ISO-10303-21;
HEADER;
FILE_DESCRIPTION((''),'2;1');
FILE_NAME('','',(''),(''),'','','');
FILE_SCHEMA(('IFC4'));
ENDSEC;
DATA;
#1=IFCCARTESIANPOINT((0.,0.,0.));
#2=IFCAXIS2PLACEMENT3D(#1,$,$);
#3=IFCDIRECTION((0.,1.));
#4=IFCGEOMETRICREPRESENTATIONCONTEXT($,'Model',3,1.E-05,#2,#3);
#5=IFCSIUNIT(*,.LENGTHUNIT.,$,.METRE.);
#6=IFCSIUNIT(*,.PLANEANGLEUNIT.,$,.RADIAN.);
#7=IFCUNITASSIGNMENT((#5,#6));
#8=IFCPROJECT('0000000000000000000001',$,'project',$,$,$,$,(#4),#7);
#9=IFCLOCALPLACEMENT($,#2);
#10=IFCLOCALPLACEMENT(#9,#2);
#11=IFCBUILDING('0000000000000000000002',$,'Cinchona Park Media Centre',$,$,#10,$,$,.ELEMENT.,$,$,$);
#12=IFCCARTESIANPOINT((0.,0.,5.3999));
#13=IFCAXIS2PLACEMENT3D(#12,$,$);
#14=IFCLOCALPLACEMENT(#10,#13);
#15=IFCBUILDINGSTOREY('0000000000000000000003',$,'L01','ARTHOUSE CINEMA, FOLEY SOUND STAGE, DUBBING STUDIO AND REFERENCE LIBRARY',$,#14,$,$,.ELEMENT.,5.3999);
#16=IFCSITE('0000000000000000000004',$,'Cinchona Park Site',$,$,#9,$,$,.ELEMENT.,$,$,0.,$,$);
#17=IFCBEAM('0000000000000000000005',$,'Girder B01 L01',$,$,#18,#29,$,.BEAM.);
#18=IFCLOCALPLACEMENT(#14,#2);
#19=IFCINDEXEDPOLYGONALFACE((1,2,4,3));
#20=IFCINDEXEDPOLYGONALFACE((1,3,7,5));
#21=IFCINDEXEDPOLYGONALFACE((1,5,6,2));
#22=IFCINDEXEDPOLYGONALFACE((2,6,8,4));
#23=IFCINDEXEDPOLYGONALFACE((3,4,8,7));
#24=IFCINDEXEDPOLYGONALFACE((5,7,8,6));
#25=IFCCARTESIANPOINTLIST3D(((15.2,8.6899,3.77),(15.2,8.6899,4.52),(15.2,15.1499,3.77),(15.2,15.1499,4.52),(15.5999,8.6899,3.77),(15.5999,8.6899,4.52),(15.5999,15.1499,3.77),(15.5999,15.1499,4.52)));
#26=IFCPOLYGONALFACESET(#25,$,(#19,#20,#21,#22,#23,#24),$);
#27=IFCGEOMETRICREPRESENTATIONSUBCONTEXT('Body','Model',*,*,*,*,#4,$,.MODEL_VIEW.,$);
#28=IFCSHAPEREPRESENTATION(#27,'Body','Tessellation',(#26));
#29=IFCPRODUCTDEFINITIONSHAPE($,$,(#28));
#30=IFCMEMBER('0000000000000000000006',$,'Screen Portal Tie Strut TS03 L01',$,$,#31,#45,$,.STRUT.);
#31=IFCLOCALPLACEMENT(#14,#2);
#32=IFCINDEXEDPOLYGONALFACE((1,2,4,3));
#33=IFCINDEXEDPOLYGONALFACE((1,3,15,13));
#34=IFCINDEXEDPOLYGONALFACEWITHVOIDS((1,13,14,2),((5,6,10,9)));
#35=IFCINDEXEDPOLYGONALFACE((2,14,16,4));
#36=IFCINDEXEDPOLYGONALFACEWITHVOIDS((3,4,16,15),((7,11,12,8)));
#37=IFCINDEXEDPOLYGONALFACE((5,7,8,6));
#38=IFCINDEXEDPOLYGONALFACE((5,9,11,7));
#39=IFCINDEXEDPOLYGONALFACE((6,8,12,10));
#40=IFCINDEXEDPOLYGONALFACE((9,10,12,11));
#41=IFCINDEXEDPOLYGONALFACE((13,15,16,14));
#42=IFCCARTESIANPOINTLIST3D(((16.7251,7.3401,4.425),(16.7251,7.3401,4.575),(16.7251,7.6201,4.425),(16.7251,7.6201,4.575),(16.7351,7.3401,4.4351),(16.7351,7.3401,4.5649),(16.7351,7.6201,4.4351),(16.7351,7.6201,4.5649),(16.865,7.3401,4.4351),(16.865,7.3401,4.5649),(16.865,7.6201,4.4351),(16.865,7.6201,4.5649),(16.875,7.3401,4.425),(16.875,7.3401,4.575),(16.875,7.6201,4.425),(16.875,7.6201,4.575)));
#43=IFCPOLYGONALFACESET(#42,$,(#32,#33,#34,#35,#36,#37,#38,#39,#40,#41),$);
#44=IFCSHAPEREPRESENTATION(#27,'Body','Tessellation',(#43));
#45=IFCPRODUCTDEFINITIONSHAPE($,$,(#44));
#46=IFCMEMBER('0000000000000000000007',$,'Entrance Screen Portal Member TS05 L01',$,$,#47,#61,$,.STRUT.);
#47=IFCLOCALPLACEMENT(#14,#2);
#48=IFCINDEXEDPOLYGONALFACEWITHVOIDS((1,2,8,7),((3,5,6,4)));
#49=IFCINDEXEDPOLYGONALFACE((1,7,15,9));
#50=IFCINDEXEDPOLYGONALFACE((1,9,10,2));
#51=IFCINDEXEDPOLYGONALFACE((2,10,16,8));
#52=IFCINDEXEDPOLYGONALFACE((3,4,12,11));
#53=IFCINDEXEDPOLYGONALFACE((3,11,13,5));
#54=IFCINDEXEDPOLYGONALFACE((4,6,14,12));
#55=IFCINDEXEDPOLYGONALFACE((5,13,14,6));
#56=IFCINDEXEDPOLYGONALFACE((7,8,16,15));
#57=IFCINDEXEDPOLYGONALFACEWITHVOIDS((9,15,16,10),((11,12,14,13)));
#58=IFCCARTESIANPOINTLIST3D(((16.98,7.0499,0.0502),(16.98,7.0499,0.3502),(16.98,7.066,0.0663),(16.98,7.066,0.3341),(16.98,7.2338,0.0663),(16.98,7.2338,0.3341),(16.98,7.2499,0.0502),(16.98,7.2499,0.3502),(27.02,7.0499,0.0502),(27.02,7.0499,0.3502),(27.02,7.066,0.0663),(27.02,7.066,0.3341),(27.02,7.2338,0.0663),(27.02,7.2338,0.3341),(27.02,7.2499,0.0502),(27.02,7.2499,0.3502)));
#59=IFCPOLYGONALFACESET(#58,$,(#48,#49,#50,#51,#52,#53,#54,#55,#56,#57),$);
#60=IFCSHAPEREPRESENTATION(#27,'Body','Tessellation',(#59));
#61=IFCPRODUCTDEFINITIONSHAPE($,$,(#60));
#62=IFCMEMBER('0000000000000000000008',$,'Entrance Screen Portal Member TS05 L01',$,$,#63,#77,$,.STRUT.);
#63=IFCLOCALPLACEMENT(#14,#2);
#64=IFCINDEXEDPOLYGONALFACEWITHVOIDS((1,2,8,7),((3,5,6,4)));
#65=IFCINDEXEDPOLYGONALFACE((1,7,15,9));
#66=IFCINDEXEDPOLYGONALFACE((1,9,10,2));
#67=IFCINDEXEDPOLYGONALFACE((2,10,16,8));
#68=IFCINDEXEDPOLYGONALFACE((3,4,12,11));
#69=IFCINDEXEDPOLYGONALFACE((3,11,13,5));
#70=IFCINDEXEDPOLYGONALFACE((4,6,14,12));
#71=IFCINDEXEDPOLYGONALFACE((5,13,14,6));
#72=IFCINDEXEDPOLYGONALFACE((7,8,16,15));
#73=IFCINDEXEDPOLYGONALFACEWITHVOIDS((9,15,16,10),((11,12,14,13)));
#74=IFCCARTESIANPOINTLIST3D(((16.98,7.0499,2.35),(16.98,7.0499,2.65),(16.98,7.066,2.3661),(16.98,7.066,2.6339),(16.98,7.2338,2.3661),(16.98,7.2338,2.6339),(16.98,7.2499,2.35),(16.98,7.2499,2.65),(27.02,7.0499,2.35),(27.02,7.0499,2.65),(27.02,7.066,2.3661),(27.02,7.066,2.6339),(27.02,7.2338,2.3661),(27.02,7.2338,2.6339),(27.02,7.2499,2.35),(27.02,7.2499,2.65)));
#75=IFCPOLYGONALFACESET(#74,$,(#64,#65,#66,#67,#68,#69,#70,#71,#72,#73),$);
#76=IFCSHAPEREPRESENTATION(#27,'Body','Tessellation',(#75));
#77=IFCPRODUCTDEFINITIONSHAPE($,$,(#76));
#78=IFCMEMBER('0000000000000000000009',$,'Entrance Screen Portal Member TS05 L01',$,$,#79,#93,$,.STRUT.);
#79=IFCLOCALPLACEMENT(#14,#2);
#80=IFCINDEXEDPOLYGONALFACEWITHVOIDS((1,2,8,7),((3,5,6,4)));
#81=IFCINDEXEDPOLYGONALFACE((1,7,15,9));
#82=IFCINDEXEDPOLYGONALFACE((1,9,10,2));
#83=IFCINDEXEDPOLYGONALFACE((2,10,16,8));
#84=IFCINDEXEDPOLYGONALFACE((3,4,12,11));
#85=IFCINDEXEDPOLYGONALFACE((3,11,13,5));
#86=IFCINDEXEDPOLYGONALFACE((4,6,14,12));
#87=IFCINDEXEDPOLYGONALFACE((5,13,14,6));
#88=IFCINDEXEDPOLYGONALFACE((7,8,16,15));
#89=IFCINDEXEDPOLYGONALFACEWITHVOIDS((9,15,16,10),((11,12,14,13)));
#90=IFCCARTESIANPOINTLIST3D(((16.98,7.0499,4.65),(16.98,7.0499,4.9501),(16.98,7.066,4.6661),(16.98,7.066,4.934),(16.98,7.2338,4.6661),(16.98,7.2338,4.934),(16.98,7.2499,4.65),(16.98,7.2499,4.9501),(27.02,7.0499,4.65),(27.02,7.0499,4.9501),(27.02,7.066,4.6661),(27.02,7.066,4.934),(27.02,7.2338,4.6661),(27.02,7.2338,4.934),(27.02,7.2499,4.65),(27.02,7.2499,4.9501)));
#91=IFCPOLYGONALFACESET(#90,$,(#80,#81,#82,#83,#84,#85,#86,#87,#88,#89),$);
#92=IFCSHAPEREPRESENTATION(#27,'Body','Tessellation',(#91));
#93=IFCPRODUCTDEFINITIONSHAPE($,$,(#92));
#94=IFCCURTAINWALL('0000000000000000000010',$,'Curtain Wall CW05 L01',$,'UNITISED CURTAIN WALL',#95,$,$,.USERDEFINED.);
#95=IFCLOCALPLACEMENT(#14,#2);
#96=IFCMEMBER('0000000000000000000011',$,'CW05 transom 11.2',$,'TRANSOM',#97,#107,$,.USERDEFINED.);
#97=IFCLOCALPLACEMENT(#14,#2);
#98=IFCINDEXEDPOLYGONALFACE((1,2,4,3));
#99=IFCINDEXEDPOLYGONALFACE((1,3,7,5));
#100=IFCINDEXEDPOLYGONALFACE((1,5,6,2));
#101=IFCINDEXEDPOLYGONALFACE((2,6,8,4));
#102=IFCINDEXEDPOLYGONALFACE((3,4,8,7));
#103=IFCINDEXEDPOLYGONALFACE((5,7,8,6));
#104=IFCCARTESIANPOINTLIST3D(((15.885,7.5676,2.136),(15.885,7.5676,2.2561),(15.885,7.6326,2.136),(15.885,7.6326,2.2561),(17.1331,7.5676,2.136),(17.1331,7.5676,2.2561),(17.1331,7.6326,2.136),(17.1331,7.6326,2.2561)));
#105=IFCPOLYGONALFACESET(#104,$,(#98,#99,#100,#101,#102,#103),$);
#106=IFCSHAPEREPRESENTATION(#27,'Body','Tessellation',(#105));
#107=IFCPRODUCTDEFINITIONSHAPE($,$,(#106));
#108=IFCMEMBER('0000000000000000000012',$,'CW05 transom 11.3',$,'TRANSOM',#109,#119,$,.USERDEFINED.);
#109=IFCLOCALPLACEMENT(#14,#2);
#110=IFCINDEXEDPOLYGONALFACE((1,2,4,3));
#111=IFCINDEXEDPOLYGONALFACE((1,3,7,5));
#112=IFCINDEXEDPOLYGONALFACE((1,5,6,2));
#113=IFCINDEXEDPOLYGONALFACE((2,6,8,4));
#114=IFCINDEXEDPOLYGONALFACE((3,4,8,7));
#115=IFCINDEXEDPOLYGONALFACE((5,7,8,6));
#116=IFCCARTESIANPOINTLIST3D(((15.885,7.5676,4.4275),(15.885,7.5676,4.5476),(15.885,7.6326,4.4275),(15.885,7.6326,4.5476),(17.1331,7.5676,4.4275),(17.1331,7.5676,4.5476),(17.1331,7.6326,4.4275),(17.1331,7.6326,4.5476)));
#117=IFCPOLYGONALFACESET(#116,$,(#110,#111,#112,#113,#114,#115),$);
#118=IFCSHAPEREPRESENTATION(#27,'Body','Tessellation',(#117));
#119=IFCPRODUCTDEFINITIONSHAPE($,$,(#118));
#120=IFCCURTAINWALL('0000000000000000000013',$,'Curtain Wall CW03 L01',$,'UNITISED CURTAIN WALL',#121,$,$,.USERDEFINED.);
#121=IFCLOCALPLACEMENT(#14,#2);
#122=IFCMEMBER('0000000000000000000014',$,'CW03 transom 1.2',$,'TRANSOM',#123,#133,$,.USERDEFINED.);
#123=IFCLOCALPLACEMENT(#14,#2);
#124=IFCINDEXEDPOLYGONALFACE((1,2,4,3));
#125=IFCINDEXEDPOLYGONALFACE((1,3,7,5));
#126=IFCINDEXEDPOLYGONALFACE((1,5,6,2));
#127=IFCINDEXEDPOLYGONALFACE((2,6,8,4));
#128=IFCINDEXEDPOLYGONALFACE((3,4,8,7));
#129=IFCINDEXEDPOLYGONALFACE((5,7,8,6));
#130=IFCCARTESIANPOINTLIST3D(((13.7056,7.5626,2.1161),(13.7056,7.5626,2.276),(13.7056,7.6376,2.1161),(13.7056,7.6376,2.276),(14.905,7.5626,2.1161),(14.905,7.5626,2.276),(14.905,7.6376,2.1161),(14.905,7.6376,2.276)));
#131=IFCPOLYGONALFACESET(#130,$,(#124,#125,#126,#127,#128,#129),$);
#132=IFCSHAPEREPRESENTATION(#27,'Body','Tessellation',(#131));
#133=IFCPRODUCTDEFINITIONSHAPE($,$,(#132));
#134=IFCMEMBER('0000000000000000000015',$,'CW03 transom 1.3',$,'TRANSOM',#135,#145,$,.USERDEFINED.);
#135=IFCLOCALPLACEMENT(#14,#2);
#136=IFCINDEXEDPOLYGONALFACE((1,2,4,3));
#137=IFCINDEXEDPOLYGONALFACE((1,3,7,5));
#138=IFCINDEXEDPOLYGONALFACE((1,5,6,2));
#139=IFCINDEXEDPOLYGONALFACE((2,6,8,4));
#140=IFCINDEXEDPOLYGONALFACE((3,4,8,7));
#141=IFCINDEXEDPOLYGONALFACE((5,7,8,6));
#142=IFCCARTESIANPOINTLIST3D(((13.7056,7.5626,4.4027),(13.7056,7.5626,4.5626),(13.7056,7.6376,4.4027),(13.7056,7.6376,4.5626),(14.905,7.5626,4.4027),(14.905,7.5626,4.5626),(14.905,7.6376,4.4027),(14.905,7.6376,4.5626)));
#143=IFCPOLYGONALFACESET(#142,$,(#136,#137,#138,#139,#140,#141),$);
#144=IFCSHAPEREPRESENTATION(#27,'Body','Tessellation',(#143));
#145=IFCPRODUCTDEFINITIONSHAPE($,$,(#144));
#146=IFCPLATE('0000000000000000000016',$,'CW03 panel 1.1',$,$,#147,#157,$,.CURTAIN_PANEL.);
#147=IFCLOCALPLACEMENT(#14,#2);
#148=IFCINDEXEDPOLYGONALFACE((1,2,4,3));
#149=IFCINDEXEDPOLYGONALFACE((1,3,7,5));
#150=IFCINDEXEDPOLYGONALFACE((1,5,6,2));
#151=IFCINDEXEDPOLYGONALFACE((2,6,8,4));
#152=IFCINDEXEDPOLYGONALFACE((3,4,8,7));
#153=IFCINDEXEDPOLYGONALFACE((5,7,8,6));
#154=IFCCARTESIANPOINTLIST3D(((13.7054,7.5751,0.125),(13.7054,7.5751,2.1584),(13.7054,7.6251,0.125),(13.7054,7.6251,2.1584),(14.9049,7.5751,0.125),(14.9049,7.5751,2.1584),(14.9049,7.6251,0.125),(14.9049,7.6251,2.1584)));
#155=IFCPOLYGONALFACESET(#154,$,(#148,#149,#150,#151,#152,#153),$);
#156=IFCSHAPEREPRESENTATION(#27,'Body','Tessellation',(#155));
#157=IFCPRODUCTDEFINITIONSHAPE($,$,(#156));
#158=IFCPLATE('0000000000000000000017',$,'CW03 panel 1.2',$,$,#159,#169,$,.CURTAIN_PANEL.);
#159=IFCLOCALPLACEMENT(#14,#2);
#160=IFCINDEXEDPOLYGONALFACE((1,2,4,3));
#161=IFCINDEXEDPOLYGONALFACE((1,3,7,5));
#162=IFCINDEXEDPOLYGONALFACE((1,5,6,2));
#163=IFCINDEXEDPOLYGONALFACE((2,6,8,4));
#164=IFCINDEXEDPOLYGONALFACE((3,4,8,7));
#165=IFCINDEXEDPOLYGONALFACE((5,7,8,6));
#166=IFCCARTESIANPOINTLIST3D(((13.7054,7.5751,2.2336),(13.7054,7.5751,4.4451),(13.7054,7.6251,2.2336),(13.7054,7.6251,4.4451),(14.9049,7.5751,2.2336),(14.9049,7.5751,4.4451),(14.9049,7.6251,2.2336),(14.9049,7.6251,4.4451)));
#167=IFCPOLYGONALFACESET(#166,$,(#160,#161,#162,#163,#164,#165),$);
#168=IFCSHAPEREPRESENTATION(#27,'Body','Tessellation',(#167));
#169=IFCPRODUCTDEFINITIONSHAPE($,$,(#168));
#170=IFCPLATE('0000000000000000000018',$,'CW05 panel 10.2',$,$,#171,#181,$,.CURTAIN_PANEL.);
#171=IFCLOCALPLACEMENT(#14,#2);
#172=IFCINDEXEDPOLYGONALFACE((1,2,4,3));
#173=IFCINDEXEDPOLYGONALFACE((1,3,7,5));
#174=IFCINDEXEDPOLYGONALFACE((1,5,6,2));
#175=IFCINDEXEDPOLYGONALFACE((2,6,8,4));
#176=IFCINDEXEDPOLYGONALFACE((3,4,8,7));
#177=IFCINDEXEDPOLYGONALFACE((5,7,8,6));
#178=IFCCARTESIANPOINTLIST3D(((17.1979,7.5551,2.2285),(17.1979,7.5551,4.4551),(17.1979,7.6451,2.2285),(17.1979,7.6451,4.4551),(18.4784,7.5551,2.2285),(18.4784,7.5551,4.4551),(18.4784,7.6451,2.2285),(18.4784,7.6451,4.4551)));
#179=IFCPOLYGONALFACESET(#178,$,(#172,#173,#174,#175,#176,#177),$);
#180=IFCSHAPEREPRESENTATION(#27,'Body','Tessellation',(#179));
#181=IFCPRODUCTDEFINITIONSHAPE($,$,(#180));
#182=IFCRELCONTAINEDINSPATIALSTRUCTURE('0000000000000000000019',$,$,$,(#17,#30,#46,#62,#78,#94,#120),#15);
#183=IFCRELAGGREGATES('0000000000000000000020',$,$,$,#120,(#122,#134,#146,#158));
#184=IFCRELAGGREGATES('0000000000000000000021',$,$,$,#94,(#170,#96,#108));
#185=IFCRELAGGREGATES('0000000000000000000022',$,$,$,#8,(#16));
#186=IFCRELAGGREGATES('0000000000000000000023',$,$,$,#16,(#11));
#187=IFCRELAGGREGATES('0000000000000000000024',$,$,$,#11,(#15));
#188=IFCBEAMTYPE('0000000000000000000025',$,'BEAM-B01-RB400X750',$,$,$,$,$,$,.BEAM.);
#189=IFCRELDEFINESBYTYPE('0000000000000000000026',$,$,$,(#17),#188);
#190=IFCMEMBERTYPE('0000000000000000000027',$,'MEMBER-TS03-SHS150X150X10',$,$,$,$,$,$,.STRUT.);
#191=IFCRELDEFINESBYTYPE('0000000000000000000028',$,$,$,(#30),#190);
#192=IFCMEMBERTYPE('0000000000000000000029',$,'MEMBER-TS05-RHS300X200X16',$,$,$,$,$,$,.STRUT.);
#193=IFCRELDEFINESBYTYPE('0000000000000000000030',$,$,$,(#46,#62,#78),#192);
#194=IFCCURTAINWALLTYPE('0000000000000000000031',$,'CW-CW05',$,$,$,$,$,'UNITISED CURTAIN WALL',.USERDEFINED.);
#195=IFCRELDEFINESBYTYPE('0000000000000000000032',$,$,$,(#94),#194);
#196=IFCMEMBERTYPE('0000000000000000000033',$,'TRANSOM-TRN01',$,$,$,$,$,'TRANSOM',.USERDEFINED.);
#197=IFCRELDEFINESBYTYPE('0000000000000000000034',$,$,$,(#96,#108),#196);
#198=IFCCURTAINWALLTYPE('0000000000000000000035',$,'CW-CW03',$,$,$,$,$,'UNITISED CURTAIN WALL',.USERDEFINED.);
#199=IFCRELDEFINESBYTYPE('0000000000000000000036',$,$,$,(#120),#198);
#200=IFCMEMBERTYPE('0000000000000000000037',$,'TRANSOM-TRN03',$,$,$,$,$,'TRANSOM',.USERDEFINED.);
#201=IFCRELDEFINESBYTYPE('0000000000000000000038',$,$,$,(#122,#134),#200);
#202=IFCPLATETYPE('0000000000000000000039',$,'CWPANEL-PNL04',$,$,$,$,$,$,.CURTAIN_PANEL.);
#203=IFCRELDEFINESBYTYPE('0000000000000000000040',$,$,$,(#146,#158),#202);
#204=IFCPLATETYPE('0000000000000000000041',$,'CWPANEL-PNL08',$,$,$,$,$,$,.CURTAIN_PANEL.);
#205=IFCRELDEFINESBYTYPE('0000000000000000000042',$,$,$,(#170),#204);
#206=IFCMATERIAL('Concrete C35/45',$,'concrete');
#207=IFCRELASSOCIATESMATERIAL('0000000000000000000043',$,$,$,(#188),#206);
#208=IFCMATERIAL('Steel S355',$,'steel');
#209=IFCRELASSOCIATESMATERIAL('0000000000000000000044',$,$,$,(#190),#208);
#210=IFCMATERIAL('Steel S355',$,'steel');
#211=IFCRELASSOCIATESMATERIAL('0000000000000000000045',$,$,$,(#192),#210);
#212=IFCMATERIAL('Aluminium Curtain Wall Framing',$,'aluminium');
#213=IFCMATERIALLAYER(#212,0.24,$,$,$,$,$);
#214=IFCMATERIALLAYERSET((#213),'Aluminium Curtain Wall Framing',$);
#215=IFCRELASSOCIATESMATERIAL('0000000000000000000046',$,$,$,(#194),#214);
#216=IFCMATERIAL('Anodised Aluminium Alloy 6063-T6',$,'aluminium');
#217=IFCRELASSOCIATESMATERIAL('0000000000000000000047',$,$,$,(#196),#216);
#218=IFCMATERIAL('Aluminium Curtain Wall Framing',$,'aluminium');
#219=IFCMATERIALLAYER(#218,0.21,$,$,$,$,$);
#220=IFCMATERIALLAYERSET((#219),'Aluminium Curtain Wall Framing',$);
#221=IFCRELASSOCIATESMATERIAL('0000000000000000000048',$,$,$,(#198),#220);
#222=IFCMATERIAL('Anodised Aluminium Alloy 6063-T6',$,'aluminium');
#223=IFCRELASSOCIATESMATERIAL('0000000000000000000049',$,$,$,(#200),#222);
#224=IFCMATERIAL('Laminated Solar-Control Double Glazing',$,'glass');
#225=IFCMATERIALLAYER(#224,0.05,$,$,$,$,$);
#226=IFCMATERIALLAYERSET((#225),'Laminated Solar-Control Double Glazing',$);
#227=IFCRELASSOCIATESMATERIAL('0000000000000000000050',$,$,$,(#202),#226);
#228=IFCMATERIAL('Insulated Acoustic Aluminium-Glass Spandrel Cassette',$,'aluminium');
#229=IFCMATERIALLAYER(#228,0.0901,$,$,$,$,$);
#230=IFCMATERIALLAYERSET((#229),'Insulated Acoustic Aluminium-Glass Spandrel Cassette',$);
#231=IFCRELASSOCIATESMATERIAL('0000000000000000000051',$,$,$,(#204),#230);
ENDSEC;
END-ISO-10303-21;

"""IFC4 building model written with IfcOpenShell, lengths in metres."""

from ifc_helpers import new_model, si_unit, direction, frame, origin, origin_2d, place, context, subcontext, project, spatial, rectangle, hollow_rectangle, extrude, material, layer, layer_set, material_profile, profile_set, type_object, element, aggregate, save


model = new_model("IFC4")

# Units and contexts
model_context = context("Model", 3, precision=1e-05, world=origin(), true_north=direction((0.0, 1.0)))
body_context = subcontext(model_context, "Body", "Model", "MODEL_VIEW")
ifc_project = project(units=[si_unit("LENGTHUNIT", "METRE"), si_unit("PLANEANGLEUNIT", "RADIAN")], contexts=[model_context])

# Site, building, storey
site_placement = place(None, origin())
site = spatial("IfcSite", under=ifc_project, at=site_placement, Name="Cinchona Park Site", CompositionType="ELEMENT", RefElevation=0.0)
building_placement = place(site_placement, origin())
building = spatial("IfcBuilding", under=site, at=building_placement, Name="Cinchona Park Media Centre", CompositionType="ELEMENT")
storey_placement = place(building_placement, frame((0.0, 0.0, 5.3999)))
storey = spatial("IfcBuildingStorey", under=building, at=storey_placement, Name="L01", Description="ARTHOUSE CINEMA, FOLEY SOUND STAGE, DUBBING STUDIO AND REFERENCE LIBRARY", CompositionType="ELEMENT", Elevation=5.3999)

# Beam
ifc_material_1 = material(Name="Concrete C35/45", Category="concrete")
ifc_material_profile_1 = material_profile(ifc_material_1, rectangle(XDim=0.3999, YDim=0.75, at=origin_2d()), Name="RB 400X750")
ifc_profile_set_1 = profile_set([ifc_material_profile_1], Name="Concrete C35/45")
beam_type = type_object("IfcBeamType", Name="BEAM-B01-RB400X750", PredefinedType="BEAM", material=ifc_profile_set_1)
beam_placement = place(storey_placement, frame((15.3999, 8.6899, 4.145), z_axis=(0.0, 1.0, 0.0), x_axis=(-1.0, 0.0, 0.0)))
element("IfcBeam", 1, at=beam_placement, inside=storey, type_object=beam_type, Name="Girder B01 L01", PredefinedType="BEAM", context=body_context, shape_type="SweptSolid", body=[
    extrude(rectangle(XDim=0.3999, YDim=0.75, at=origin_2d()), origin(), (0.0, 0.0, 1.0), 6.46),
])

# Members
ifc_material_2 = material(Name="Steel S355", Category="steel")
ifc_material_profile_2 = material_profile(ifc_material_2, hollow_rectangle(XDim=0.1499, YDim=0.1499, WallThickness=0.01, at=origin_2d()), Name="150X150X10SHS")
ifc_profile_set_2 = profile_set([ifc_material_profile_2], Name="Steel S355")
member_type_1 = type_object("IfcMemberType", Name="MEMBER-TS03-SHS150X150X10", PredefinedType="STRUT", material=ifc_profile_set_2)
member_1_placement = place(storey_placement, frame((16.8, 7.3401, 4.5), z_axis=(0.0, 1.0, 0.0), x_axis=(-1.0, 0.0, 0.0)))
element("IfcMember", 2, at=member_1_placement, inside=storey, type_object=member_type_1, Name="Screen Portal Tie Strut TS03 L01", PredefinedType="STRUT", context=body_context, shape_type="SweptSolid", body=[
    extrude(hollow_rectangle(XDim=0.1499, YDim=0.1499, WallThickness=0.01, at=origin_2d()), origin(), (0.0, 0.0, 1.0), 0.28),
])
ifc_material_3 = material(Name="Steel S355", Category="steel")
ifc_material_profile_3 = material_profile(ifc_material_3, hollow_rectangle(XDim=0.2, YDim=0.3, WallThickness=0.0161, at=origin_2d()), Name="300X200X16RHS")
ifc_profile_set_3 = profile_set([ifc_material_profile_3], Name="Steel S355")
member_type_2 = type_object("IfcMemberType", Name="MEMBER-TS05-RHS300X200X16", PredefinedType="STRUT", material=ifc_profile_set_3)
for number, where, z_axis, x_axis, name in (
    (3, (16.98, 7.1499, 0.2002), (1.0, 0.0, 0.0), (0.0, 1.0, 0.0), "Entrance Screen Portal Member TS05 L01"),
    (4, (16.98, 7.1499, 2.5), (1.0, 0.0, 0.0), (0.0, 1.0, 0.0), "Entrance Screen Portal Member TS05 L01"),
    (5, (16.98, 7.1499, 4.8), (1.0, 0.0, 0.0), (0.0, 1.0, 0.0), "Entrance Screen Portal Member TS05 L01"),
):
    element("IfcMember", number, at=place(storey_placement, frame(where, z_axis=z_axis, x_axis=x_axis)), inside=storey, type_object=member_type_2, Name=name, PredefinedType="STRUT", context=body_context, shape_type="SweptSolid", body=[
        extrude(hollow_rectangle(XDim=0.2, YDim=0.3, WallThickness=0.0161, at=origin_2d()), origin(), (0.0, 0.0, 1.0), 10.04),
    ])

# Curtain wall, members
ifc_material_4 = material(Name="Aluminium Curtain Wall Framing", Category="aluminium")
ifc_layer_1 = layer(ifc_material_4, 0.24)
ifc_layer_set_1 = layer_set([ifc_layer_1], Name="Aluminium Curtain Wall Framing")
curtain_wall_type_1 = type_object("IfcCurtainWallType", Name="CW-CW05", ElementType="UNITISED CURTAIN WALL", PredefinedType="USERDEFINED", material=ifc_layer_set_1)
curtain_wall_1_placement = place(storey_placement, origin())
curtain_wall_1 = element("IfcCurtainWall", 6, at=curtain_wall_1_placement, inside=storey, type_object=curtain_wall_type_1, Name="Curtain Wall CW05 L01", ObjectType="UNITISED CURTAIN WALL", PredefinedType="USERDEFINED")
ifc_material_5 = material(Name="Anodised Aluminium Alloy 6063-T6", Category="aluminium")
ifc_material_profile_4 = material_profile(ifc_material_5, rectangle(XDim=0.0649, YDim=0.1201, at=origin_2d()), Name="TRN-65X120")
ifc_profile_set_4 = profile_set([ifc_material_profile_4], Name="Anodised Aluminium Alloy 6063-T6")
member_type_3 = type_object("IfcMemberType", Name="TRANSOM-TRN01", ElementType="TRANSOM", PredefinedType="USERDEFINED", material=ifc_profile_set_4)
member_2_placement = place(storey_placement, frame((17.1331, 7.6001, 2.196), z_axis=(-1.0, 0.0, 0.0), x_axis=(0.0, -1.0, 0.0)))
member_2 = element("IfcMember", 7, at=member_2_placement, type_object=member_type_3, Name="CW05 transom 11.2", ObjectType="TRANSOM", PredefinedType="USERDEFINED", context=body_context, shape_type="SweptSolid", body=[
    extrude(rectangle(XDim=0.0649, YDim=0.1201, at=origin_2d()), origin(), (0.0, 0.0, 1.0), 1.248),
])
member_3_placement = place(storey_placement, frame((17.1331, 7.6001, 4.4875), z_axis=(-1.0, 0.0, 0.0), x_axis=(0.0, -1.0, 0.0)))
member_3 = element("IfcMember", 8, at=member_3_placement, type_object=member_type_3, Name="CW05 transom 11.3", ObjectType="TRANSOM", PredefinedType="USERDEFINED", context=body_context, shape_type="SweptSolid", body=[
    extrude(rectangle(XDim=0.0649, YDim=0.1201, at=origin_2d()), origin(), (0.0, 0.0, 1.0), 1.248),
])

# Curtain wall, members, plates
ifc_material_6 = material(Name="Aluminium Curtain Wall Framing", Category="aluminium")
ifc_layer_2 = layer(ifc_material_6, 0.21)
ifc_layer_set_2 = layer_set([ifc_layer_2], Name="Aluminium Curtain Wall Framing")
curtain_wall_type_2 = type_object("IfcCurtainWallType", Name="CW-CW03", ElementType="UNITISED CURTAIN WALL", PredefinedType="USERDEFINED", material=ifc_layer_set_2)
curtain_wall_2_placement = place(storey_placement, origin())
curtain_wall_2 = element("IfcCurtainWall", 9, at=curtain_wall_2_placement, inside=storey, type_object=curtain_wall_type_2, Name="Curtain Wall CW03 L01", ObjectType="UNITISED CURTAIN WALL", PredefinedType="USERDEFINED")
ifc_material_7 = material(Name="Anodised Aluminium Alloy 6063-T6", Category="aluminium")
ifc_material_profile_5 = material_profile(ifc_material_7, rectangle(XDim=0.075, YDim=0.1599, at=origin_2d()), Name="TRN-75X160")
ifc_profile_set_5 = profile_set([ifc_material_profile_5], Name="Anodised Aluminium Alloy 6063-T6")
member_type_4 = type_object("IfcMemberType", Name="TRANSOM-TRN03", ElementType="TRANSOM", PredefinedType="USERDEFINED", material=ifc_profile_set_5)
member_4_placement = place(storey_placement, frame((14.905, 7.6001, 2.196), z_axis=(-1.0, 0.0, 0.0), x_axis=(0.0, -1.0, 0.0)))
member_4 = element("IfcMember", 10, at=member_4_placement, type_object=member_type_4, Name="CW03 transom 1.2", ObjectType="TRANSOM", PredefinedType="USERDEFINED", context=body_context, shape_type="SweptSolid", body=[
    extrude(rectangle(XDim=0.075, YDim=0.1599, at=origin_2d()), origin(), (0.0, 0.0, 1.0), 1.1995),
])
member_5_placement = place(storey_placement, frame((14.905, 7.6001, 4.4827), z_axis=(-1.0, 0.0, 0.0), x_axis=(0.0, -1.0, 0.0)))
member_5 = element("IfcMember", 11, at=member_5_placement, type_object=member_type_4, Name="CW03 transom 1.3", ObjectType="TRANSOM", PredefinedType="USERDEFINED", context=body_context, shape_type="SweptSolid", body=[
    extrude(rectangle(XDim=0.075, YDim=0.1599, at=origin_2d()), origin(), (0.0, 0.0, 1.0), 1.1995),
])
ifc_material_8 = material(Name="Laminated Solar-Control Double Glazing", Category="glass")
ifc_layer_3 = layer(ifc_material_8, 0.05)
ifc_layer_set_3 = layer_set([ifc_layer_3], Name="Laminated Solar-Control Double Glazing")
plate_type_1 = type_object("IfcPlateType", Name="CWPANEL-PNL04", PredefinedType="CURTAIN_PANEL", material=ifc_layer_set_3)
plate_1_placement = place(storey_placement, frame((14.3052, 7.6001, 0.125), z_axis=(0.0, 0.0, 1.0), x_axis=(-1.0, 0.0, 0.0)))
plate_1 = element("IfcPlate", 12, at=plate_1_placement, type_object=plate_type_1, Name="CW03 panel 1.1", PredefinedType="CURTAIN_PANEL", context=body_context, shape_type="SweptSolid", body=[
    extrude(rectangle(XDim=1.1995, YDim=0.05, at=origin_2d()), origin(), (0.0, 0.0, 1.0), 2.0334),
])
plate_2_placement = place(storey_placement, frame((14.3052, 7.6001, 2.2336), z_axis=(0.0, 0.0, 1.0), x_axis=(-1.0, 0.0, 0.0)))
plate_2 = element("IfcPlate", 13, at=plate_2_placement, type_object=plate_type_1, Name="CW03 panel 1.2", PredefinedType="CURTAIN_PANEL", context=body_context, shape_type="SweptSolid", body=[
    extrude(rectangle(XDim=1.1995, YDim=0.05, at=origin_2d()), origin(), (0.0, 0.0, 1.0), 2.2114),
])
aggregate(curtain_wall_2, [member_4, member_5, plate_1, plate_2])

# Plate
ifc_material_9 = material(Name="Insulated Acoustic Aluminium-Glass Spandrel Cassette", Category="aluminium")
ifc_layer_4 = layer(ifc_material_9, 0.0901)
ifc_layer_set_4 = layer_set([ifc_layer_4], Name="Insulated Acoustic Aluminium-Glass Spandrel Cassette")
plate_type_2 = type_object("IfcPlateType", Name="CWPANEL-PNL08", PredefinedType="CURTAIN_PANEL", material=ifc_layer_set_4)
plate_3_placement = place(storey_placement, frame((17.8381, 7.6001, 2.2285), z_axis=(0.0, 0.0, 1.0), x_axis=(-1.0, 0.0, 0.0)))
plate_3 = element("IfcPlate", 14, at=plate_3_placement, type_object=plate_type_2, Name="CW05 panel 10.2", PredefinedType="CURTAIN_PANEL", context=body_context, shape_type="SweptSolid", body=[
    extrude(rectangle(XDim=1.2805, YDim=0.0901, at=origin_2d()), origin(), (0.0, 0.0, 1.0), 2.2266),
])
aggregate(curtain_wall_1, [plate_3, member_2, member_3])

save(model, "model.ifc")
